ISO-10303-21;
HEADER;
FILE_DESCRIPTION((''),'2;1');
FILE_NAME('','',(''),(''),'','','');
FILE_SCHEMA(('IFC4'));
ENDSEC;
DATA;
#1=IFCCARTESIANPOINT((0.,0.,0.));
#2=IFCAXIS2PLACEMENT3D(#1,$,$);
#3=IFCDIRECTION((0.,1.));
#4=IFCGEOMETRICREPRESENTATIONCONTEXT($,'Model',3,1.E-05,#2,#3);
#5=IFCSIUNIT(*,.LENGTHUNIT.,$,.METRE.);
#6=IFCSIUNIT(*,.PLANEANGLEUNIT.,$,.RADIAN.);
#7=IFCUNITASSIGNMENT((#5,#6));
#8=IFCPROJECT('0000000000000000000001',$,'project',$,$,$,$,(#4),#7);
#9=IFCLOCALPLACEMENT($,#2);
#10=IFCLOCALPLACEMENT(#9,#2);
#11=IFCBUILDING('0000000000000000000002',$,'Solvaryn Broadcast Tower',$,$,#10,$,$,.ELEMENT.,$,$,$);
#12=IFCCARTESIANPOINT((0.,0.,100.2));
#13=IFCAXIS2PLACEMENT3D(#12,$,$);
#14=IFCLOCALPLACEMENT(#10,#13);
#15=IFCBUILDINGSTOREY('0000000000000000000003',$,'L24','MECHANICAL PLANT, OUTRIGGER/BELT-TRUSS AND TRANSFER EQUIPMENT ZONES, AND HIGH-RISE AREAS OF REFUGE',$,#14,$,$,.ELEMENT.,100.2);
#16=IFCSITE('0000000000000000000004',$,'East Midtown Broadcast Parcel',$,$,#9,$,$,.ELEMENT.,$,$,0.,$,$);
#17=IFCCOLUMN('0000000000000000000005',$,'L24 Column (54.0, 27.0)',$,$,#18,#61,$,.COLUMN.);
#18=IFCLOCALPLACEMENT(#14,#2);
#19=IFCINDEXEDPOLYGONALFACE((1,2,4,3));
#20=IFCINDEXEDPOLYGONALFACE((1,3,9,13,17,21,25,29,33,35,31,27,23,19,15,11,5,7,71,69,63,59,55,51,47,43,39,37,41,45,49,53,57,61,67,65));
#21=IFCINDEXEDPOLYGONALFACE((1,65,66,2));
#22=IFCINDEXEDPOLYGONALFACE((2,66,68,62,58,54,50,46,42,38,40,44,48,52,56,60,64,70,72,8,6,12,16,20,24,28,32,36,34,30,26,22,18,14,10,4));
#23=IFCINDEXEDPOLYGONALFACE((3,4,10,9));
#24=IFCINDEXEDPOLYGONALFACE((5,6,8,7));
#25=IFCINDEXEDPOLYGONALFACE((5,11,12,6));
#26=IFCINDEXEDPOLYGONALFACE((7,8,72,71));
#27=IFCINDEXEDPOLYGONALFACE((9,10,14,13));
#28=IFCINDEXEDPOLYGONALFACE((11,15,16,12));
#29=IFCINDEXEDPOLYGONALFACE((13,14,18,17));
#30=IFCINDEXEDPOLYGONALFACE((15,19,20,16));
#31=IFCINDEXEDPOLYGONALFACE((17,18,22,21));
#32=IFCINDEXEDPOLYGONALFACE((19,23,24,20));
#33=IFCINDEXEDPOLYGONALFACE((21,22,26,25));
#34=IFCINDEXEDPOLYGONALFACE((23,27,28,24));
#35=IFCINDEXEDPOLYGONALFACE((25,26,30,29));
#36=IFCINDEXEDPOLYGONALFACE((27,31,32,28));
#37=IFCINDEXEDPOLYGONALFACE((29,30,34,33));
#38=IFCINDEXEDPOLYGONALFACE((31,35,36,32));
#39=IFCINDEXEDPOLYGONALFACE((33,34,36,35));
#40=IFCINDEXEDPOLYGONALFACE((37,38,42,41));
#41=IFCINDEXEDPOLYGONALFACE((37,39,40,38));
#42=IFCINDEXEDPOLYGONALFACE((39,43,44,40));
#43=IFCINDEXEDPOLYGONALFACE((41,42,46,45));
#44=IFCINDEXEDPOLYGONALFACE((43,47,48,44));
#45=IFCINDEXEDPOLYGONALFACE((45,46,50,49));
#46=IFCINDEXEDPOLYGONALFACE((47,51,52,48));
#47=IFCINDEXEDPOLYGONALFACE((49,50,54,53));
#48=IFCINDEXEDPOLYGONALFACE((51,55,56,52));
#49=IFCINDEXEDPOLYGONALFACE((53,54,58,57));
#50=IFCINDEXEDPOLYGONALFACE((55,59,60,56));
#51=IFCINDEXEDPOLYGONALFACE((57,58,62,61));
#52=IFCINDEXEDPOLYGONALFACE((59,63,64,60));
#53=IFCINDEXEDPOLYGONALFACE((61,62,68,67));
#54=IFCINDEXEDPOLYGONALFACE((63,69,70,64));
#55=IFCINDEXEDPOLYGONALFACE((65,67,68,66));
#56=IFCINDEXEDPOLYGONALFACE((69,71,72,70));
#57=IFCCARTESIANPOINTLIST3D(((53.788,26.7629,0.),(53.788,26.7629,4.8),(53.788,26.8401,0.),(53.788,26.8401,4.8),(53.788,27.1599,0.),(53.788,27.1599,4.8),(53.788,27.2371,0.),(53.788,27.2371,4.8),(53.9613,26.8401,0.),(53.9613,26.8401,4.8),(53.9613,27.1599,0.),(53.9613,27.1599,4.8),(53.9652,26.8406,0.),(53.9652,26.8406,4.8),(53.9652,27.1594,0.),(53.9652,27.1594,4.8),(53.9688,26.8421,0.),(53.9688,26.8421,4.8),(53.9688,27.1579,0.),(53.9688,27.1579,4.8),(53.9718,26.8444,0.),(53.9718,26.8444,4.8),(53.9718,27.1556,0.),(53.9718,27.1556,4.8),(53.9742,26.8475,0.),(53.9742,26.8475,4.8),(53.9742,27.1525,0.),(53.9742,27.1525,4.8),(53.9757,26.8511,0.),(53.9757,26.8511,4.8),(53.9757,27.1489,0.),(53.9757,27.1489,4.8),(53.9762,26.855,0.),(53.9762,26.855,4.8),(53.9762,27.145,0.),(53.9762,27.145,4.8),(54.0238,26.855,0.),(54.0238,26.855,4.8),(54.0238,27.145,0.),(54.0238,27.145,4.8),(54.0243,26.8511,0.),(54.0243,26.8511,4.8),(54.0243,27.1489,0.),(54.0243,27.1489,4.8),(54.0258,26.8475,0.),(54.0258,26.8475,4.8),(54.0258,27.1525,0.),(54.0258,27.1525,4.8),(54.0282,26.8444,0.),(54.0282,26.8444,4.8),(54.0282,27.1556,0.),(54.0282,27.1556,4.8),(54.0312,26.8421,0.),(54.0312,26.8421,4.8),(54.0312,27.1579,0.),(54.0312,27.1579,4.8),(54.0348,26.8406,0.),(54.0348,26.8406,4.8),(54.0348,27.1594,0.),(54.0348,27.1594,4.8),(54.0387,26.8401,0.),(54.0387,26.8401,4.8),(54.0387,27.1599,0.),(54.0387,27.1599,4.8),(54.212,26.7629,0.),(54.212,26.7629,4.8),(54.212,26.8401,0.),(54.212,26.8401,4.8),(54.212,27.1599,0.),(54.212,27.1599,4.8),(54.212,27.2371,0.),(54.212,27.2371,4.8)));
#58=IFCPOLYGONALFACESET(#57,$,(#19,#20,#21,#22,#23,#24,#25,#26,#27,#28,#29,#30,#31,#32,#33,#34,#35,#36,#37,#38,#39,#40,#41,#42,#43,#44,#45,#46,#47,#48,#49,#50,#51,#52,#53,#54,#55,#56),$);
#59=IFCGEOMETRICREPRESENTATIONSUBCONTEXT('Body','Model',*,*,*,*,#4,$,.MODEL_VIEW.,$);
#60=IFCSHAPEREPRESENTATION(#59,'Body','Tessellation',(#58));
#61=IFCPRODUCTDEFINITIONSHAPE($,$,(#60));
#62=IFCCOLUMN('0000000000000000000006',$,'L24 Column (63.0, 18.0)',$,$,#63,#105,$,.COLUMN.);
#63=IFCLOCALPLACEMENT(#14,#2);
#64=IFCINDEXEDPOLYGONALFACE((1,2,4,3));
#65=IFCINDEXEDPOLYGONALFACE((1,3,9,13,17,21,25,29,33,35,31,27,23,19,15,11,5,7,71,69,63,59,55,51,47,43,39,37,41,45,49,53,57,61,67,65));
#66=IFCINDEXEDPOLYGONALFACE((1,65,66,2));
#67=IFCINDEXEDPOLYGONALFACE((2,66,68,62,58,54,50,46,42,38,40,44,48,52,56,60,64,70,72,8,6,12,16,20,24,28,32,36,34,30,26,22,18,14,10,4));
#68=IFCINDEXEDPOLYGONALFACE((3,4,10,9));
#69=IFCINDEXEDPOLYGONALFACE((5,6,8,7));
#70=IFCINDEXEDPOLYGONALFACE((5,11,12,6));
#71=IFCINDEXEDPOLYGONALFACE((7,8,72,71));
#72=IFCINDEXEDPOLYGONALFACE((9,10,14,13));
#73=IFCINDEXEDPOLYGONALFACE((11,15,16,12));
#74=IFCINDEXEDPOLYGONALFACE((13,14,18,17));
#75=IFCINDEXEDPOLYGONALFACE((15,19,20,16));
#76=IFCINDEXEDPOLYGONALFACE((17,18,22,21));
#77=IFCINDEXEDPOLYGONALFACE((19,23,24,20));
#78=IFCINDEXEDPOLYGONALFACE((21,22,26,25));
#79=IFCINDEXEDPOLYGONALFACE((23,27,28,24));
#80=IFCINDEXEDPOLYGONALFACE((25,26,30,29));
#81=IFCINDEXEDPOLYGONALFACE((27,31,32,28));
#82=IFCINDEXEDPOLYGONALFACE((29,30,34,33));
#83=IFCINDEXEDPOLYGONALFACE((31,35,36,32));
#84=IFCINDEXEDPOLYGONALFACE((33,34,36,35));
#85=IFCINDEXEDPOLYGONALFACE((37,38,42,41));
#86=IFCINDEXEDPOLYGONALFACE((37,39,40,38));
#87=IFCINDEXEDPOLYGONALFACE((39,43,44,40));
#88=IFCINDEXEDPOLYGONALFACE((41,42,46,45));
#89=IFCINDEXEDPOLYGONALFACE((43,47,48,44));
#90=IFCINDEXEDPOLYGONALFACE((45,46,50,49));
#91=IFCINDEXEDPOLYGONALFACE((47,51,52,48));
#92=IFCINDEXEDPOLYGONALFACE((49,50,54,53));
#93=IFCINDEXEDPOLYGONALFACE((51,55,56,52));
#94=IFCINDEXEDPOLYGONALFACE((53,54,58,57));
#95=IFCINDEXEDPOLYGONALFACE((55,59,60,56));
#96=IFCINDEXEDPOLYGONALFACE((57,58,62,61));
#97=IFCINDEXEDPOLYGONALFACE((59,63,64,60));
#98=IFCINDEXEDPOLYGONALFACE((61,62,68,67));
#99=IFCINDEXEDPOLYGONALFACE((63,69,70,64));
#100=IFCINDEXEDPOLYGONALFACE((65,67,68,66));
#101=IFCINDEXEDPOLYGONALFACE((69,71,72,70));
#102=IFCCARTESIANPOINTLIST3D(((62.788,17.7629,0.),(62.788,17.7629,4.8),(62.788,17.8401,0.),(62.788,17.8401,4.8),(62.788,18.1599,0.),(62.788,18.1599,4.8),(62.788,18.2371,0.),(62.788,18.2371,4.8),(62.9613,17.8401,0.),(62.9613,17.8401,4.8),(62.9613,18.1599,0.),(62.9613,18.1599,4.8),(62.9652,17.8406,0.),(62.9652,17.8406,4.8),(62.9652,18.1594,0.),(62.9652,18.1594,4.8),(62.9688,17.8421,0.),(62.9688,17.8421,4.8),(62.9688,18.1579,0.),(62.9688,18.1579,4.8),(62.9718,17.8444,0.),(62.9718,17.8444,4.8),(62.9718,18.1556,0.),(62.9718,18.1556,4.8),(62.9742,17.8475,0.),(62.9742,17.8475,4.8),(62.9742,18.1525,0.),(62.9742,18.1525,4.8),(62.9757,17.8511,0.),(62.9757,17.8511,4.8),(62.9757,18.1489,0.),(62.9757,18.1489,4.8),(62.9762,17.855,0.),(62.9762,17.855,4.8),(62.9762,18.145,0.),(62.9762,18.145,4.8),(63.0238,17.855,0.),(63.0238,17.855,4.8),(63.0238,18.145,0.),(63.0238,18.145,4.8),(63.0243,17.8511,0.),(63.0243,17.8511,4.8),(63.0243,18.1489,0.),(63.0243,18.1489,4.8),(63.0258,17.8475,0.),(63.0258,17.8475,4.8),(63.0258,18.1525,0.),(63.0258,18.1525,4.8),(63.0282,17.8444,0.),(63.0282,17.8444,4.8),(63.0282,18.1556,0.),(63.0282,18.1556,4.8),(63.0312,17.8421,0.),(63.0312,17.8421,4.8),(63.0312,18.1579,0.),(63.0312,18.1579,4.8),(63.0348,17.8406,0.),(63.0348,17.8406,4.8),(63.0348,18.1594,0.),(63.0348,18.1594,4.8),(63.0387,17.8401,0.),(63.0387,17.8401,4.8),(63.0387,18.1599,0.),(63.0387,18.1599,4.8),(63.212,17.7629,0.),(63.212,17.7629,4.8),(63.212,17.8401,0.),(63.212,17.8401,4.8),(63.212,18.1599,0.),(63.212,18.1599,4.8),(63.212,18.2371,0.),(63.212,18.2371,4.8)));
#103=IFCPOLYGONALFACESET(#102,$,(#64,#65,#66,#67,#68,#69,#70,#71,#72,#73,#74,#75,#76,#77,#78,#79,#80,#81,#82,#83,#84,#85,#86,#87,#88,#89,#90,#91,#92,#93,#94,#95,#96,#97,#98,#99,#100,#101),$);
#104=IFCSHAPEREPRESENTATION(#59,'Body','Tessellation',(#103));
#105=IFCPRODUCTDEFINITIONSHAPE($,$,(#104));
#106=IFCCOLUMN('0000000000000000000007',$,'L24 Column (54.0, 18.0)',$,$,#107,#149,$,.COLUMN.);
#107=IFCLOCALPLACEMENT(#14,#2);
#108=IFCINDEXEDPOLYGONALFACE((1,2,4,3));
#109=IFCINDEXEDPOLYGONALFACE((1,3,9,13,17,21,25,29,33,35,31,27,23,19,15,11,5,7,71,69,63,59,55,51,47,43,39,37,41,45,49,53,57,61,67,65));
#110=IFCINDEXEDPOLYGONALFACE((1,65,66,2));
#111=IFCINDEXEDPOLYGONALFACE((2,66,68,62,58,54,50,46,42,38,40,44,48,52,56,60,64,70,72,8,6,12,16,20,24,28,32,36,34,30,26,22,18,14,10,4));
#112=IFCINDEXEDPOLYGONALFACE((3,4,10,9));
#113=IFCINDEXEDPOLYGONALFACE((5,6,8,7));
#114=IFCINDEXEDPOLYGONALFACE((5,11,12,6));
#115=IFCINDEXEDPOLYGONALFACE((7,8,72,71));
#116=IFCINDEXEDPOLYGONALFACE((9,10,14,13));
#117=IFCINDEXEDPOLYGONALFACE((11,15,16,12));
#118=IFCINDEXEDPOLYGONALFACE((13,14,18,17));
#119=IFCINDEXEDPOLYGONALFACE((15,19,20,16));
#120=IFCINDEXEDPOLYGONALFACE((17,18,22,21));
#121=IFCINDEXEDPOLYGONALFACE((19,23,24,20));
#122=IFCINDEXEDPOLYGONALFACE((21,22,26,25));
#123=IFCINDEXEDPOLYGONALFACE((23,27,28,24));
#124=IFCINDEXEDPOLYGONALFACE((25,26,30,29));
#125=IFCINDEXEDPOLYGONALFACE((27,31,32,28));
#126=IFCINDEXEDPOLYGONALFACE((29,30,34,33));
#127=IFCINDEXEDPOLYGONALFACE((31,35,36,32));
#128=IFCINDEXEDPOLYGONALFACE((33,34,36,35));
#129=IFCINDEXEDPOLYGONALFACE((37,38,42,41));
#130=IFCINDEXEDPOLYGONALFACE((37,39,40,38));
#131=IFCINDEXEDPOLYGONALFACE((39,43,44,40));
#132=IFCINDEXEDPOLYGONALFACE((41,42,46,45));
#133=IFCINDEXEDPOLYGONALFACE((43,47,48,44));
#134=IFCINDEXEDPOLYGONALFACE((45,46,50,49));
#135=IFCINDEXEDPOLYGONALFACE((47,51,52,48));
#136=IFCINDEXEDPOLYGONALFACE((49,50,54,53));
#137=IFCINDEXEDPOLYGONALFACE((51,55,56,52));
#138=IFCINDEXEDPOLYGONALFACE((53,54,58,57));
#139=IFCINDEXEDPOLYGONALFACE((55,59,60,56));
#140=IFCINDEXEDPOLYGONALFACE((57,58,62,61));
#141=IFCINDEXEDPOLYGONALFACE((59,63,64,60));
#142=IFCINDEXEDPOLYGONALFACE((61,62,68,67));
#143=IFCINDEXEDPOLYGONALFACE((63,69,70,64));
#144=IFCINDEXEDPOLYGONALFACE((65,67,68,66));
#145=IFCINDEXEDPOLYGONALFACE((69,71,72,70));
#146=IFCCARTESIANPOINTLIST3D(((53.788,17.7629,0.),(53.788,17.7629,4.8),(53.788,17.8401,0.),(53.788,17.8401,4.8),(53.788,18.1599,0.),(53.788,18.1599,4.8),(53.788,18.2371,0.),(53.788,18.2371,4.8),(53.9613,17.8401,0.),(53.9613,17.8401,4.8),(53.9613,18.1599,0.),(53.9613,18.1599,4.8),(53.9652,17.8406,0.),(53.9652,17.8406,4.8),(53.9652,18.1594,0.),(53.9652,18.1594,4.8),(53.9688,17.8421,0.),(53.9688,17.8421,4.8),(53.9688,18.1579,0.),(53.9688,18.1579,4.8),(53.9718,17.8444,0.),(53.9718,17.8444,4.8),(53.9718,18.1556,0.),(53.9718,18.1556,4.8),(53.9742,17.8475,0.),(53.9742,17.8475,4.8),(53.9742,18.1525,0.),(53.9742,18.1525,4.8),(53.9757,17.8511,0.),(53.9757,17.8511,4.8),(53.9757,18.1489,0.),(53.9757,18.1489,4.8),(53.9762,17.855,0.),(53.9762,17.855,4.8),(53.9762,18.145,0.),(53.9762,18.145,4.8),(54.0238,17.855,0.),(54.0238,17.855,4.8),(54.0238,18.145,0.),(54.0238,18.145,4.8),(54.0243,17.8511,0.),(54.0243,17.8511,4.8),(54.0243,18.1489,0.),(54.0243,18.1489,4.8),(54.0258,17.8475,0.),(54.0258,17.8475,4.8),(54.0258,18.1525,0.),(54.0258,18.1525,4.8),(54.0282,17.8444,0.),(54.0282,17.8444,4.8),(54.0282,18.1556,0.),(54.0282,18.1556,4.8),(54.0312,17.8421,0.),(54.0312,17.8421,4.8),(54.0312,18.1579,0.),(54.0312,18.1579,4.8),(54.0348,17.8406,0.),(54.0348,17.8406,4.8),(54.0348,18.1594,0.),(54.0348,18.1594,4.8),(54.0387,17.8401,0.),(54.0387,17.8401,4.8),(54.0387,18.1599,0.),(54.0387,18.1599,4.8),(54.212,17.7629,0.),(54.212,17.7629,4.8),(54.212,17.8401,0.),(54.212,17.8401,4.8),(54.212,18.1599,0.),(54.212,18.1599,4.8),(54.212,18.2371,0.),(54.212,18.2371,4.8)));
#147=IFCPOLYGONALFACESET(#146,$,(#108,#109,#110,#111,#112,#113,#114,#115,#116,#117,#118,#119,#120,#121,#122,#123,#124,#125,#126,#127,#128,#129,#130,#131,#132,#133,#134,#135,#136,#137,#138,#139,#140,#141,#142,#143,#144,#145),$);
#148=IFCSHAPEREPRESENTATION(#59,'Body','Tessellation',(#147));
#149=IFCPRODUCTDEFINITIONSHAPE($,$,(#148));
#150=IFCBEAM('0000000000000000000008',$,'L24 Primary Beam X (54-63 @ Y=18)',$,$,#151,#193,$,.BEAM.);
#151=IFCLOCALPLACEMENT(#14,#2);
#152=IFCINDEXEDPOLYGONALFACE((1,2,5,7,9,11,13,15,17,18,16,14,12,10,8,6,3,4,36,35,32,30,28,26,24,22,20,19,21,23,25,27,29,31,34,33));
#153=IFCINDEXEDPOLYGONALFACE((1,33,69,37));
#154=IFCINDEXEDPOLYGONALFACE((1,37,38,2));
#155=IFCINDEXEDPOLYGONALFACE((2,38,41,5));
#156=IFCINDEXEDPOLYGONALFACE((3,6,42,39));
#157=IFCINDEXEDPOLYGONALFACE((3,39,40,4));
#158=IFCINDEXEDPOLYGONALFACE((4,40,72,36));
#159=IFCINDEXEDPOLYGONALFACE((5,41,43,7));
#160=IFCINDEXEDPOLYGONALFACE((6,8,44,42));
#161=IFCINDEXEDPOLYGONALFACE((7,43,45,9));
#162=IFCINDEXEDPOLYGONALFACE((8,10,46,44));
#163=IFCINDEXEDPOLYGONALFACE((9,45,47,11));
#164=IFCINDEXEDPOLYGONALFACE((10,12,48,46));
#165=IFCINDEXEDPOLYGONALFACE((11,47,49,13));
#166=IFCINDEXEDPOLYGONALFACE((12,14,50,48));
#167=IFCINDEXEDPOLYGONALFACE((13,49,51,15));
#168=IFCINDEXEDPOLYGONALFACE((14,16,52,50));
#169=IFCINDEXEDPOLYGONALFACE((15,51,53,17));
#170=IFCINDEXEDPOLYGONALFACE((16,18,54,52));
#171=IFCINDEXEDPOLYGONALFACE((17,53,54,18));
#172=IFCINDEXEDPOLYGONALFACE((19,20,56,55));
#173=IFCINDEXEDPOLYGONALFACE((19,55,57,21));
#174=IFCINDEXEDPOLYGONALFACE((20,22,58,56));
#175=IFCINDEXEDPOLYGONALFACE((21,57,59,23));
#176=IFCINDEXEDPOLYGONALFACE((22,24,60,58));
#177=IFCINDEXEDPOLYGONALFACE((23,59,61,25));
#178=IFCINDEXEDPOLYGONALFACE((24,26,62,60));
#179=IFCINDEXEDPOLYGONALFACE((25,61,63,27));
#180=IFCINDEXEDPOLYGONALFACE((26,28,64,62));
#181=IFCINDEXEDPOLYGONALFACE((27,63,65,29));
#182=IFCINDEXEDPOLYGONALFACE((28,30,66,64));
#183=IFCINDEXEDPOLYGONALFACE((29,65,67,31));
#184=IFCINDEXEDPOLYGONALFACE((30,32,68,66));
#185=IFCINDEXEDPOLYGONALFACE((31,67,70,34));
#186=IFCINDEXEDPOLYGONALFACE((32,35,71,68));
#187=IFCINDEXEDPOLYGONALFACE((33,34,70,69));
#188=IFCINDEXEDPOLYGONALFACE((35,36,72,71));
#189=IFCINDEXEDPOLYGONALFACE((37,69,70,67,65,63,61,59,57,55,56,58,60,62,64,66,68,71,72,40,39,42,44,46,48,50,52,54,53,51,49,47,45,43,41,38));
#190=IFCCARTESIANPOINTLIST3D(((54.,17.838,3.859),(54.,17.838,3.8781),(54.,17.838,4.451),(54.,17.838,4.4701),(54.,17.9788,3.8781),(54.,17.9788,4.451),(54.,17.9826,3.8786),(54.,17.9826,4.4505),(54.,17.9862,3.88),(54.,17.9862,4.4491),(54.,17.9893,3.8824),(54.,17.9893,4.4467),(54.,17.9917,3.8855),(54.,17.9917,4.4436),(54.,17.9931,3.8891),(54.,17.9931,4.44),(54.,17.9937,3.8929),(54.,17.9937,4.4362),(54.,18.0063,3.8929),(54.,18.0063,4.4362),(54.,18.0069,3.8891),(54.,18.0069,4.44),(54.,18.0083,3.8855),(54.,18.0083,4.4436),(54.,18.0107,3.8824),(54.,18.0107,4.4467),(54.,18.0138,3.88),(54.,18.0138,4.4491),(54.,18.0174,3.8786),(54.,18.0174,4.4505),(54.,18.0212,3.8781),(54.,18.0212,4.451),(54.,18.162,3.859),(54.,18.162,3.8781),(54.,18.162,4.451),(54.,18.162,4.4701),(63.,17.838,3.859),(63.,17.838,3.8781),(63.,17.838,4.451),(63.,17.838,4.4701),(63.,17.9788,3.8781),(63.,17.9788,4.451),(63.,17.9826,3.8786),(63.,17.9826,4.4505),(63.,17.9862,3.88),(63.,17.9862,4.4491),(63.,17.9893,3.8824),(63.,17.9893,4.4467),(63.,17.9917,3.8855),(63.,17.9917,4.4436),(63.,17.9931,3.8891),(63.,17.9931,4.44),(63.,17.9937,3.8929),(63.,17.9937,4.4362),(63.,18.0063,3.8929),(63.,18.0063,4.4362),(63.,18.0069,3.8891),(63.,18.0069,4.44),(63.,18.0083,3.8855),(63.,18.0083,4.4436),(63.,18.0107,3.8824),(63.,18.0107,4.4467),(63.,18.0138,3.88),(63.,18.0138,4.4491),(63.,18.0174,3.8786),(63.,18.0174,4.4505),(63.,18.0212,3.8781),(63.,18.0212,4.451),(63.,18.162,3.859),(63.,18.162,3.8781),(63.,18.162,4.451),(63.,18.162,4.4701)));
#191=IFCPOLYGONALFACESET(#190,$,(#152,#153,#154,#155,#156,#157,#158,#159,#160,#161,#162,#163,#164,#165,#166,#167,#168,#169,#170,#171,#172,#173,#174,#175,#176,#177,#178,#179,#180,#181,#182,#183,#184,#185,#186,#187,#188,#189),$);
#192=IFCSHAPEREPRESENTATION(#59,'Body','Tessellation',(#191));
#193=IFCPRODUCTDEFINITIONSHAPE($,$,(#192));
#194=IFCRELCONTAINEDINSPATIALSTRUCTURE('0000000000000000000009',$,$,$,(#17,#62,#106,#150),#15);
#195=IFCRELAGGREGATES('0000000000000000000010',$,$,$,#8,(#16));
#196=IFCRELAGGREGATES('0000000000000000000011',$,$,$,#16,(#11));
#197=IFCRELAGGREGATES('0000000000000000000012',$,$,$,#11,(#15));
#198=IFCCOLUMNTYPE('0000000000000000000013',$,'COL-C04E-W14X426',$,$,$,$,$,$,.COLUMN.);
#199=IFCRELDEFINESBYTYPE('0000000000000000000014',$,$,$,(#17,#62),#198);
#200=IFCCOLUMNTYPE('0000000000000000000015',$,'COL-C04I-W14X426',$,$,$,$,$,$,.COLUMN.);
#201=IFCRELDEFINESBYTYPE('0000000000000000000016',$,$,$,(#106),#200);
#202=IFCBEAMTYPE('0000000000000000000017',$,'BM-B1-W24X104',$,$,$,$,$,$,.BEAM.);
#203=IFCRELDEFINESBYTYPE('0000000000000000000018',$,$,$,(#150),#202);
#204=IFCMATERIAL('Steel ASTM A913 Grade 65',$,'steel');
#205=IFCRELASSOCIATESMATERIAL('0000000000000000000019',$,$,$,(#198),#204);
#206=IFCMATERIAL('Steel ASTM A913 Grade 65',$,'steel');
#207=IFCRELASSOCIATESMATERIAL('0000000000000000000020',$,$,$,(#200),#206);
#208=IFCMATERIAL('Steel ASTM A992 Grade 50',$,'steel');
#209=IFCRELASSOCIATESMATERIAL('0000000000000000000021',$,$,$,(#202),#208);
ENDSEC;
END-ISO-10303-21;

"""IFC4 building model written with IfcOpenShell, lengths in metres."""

from ifc_helpers import new_model, si_unit, direction, frame, origin, origin_2d, place, context, subcontext, project, spatial, i_section, extrude, material, material_profile, profile_set, type_object, element, save


model = new_model("IFC4")

# Units and contexts
model_context = context("Model", 3, precision=1e-05, world=origin(), true_north=direction((0.0, 1.0)))
body_context = subcontext(model_context, "Body", "Model", "MODEL_VIEW")
ifc_project = project(units=[si_unit("LENGTHUNIT", "METRE"), si_unit("PLANEANGLEUNIT", "RADIAN")], contexts=[model_context])

# Site, building, storey
site_placement = place(None, origin())
site = spatial("IfcSite", under=ifc_project, at=site_placement, Name="East Midtown Broadcast Parcel", CompositionType="ELEMENT", RefElevation=0.0)
building_placement = place(site_placement, origin())
building = spatial("IfcBuilding", under=site, at=building_placement, Name="Solvaryn Broadcast Tower", CompositionType="ELEMENT")
storey_placement = place(building_placement, frame((0.0, 0.0, 100.2)))
storey = spatial("IfcBuildingStorey", under=building, at=storey_placement, Name="L24", Description="MECHANICAL PLANT, OUTRIGGER/BELT-TRUSS AND TRANSFER EQUIPMENT ZONES, AND HIGH-RISE AREAS OF REFUGE", CompositionType="ELEMENT", Elevation=100.2)

# Columns
ifc_material_1 = material(Name="Steel ASTM A913 Grade 65", Category="steel")
ifc_material_profile_1 = material_profile(ifc_material_1, i_section(OverallWidth=0.4241, OverallDepth=0.4741, WebThickness=0.0476, FlangeThickness=0.0771, FilletRadius=0.0149, at=origin_2d()))
ifc_profile_set_1 = profile_set([ifc_material_profile_1], Name="Steel ASTM A913 Grade 65")
column_type_1 = type_object("IfcColumnType", Name="COL-C04E-W14X426", PredefinedType="COLUMN", material=ifc_profile_set_1)
for number, where, z_axis, x_axis, name in (
    (1, (54.0, 27.0, 0.0), (0.0, 0.0, 1.0), (1.0, 0.0, 0.0), "L24 Column (54.0, 27.0)"),
    (2, (63.0, 18.0, 0.0), (0.0, 0.0, 1.0), (1.0, 0.0, 0.0), "L24 Column (63.0, 18.0)"),
):
    element("IfcColumn", number, at=place(storey_placement, frame(where, z_axis=z_axis, x_axis=x_axis)), inside=storey, type_object=column_type_1, Name=name, PredefinedType="COLUMN", context=body_context, shape_type="SweptSolid", body=[
        extrude(i_section(OverallWidth=0.4241, OverallDepth=0.4741, WebThickness=0.0476, FlangeThickness=0.0771, FilletRadius=0.0149, at=origin_2d()), origin(), (0.0, 0.0, 1.0), 4.8),
    ])
ifc_material_2 = material(Name="Steel ASTM A913 Grade 65", Category="steel")
ifc_material_profile_2 = material_profile(ifc_material_2, i_section(OverallWidth=0.4241, OverallDepth=0.4741, WebThickness=0.0476, FlangeThickness=0.0771, FilletRadius=0.0149, at=origin_2d()))
ifc_profile_set_2 = profile_set([ifc_material_profile_2], Name="Steel ASTM A913 Grade 65")
column_type_2 = type_object("IfcColumnType", Name="COL-C04I-W14X426", PredefinedType="COLUMN", material=ifc_profile_set_2)
column_placement = place(storey_placement, frame((54.0, 18.0, 0.0), z_axis=(0.0, 0.0, 1.0), x_axis=(1.0, 0.0, 0.0)))
element("IfcColumn", 3, at=column_placement, inside=storey, type_object=column_type_2, Name="L24 Column (54.0, 18.0)", PredefinedType="COLUMN", context=body_context, shape_type="SweptSolid", body=[
    extrude(i_section(OverallWidth=0.4241, OverallDepth=0.4741, WebThickness=0.0476, FlangeThickness=0.0771, FilletRadius=0.0149, at=origin_2d()), origin(), (0.0, 0.0, 1.0), 4.8),
])

# Beam
ifc_material_3 = material(Name="Steel ASTM A992 Grade 50", Category="steel")
ifc_material_profile_3 = material_profile(ifc_material_3, i_section(OverallWidth=0.324, OverallDepth=0.6111, WebThickness=0.0127, FlangeThickness=0.019, FilletRadius=0.0149, at=origin_2d()))
ifc_profile_set_3 = profile_set([ifc_material_profile_3], Name="Steel ASTM A992 Grade 50")
beam_type_1 = type_object("IfcBeamType", Name="BM-B1-W24X104", PredefinedType="BEAM", material=ifc_profile_set_3)
beam_1_placement = place(storey_placement, frame((54.0, 18.0, 4.1646), z_axis=(1.0, 0.0, 0.0), x_axis=(0.0, 1.0, 0.0)))
element("IfcBeam", 4, at=beam_1_placement, inside=storey, type_object=beam_type_1, Name="L24 Primary Beam X (54-63 @ Y=18)", PredefinedType="BEAM", context=body_context, shape_type="SweptSolid", body=[
    extrude(i_section(OverallWidth=0.324, OverallDepth=0.6111, WebThickness=0.0127, FlangeThickness=0.019, FilletRadius=0.0149, at=origin_2d()), origin(), (0.0, 0.0, 1.0), 9.0),
])

save(model, "model.ifc")
